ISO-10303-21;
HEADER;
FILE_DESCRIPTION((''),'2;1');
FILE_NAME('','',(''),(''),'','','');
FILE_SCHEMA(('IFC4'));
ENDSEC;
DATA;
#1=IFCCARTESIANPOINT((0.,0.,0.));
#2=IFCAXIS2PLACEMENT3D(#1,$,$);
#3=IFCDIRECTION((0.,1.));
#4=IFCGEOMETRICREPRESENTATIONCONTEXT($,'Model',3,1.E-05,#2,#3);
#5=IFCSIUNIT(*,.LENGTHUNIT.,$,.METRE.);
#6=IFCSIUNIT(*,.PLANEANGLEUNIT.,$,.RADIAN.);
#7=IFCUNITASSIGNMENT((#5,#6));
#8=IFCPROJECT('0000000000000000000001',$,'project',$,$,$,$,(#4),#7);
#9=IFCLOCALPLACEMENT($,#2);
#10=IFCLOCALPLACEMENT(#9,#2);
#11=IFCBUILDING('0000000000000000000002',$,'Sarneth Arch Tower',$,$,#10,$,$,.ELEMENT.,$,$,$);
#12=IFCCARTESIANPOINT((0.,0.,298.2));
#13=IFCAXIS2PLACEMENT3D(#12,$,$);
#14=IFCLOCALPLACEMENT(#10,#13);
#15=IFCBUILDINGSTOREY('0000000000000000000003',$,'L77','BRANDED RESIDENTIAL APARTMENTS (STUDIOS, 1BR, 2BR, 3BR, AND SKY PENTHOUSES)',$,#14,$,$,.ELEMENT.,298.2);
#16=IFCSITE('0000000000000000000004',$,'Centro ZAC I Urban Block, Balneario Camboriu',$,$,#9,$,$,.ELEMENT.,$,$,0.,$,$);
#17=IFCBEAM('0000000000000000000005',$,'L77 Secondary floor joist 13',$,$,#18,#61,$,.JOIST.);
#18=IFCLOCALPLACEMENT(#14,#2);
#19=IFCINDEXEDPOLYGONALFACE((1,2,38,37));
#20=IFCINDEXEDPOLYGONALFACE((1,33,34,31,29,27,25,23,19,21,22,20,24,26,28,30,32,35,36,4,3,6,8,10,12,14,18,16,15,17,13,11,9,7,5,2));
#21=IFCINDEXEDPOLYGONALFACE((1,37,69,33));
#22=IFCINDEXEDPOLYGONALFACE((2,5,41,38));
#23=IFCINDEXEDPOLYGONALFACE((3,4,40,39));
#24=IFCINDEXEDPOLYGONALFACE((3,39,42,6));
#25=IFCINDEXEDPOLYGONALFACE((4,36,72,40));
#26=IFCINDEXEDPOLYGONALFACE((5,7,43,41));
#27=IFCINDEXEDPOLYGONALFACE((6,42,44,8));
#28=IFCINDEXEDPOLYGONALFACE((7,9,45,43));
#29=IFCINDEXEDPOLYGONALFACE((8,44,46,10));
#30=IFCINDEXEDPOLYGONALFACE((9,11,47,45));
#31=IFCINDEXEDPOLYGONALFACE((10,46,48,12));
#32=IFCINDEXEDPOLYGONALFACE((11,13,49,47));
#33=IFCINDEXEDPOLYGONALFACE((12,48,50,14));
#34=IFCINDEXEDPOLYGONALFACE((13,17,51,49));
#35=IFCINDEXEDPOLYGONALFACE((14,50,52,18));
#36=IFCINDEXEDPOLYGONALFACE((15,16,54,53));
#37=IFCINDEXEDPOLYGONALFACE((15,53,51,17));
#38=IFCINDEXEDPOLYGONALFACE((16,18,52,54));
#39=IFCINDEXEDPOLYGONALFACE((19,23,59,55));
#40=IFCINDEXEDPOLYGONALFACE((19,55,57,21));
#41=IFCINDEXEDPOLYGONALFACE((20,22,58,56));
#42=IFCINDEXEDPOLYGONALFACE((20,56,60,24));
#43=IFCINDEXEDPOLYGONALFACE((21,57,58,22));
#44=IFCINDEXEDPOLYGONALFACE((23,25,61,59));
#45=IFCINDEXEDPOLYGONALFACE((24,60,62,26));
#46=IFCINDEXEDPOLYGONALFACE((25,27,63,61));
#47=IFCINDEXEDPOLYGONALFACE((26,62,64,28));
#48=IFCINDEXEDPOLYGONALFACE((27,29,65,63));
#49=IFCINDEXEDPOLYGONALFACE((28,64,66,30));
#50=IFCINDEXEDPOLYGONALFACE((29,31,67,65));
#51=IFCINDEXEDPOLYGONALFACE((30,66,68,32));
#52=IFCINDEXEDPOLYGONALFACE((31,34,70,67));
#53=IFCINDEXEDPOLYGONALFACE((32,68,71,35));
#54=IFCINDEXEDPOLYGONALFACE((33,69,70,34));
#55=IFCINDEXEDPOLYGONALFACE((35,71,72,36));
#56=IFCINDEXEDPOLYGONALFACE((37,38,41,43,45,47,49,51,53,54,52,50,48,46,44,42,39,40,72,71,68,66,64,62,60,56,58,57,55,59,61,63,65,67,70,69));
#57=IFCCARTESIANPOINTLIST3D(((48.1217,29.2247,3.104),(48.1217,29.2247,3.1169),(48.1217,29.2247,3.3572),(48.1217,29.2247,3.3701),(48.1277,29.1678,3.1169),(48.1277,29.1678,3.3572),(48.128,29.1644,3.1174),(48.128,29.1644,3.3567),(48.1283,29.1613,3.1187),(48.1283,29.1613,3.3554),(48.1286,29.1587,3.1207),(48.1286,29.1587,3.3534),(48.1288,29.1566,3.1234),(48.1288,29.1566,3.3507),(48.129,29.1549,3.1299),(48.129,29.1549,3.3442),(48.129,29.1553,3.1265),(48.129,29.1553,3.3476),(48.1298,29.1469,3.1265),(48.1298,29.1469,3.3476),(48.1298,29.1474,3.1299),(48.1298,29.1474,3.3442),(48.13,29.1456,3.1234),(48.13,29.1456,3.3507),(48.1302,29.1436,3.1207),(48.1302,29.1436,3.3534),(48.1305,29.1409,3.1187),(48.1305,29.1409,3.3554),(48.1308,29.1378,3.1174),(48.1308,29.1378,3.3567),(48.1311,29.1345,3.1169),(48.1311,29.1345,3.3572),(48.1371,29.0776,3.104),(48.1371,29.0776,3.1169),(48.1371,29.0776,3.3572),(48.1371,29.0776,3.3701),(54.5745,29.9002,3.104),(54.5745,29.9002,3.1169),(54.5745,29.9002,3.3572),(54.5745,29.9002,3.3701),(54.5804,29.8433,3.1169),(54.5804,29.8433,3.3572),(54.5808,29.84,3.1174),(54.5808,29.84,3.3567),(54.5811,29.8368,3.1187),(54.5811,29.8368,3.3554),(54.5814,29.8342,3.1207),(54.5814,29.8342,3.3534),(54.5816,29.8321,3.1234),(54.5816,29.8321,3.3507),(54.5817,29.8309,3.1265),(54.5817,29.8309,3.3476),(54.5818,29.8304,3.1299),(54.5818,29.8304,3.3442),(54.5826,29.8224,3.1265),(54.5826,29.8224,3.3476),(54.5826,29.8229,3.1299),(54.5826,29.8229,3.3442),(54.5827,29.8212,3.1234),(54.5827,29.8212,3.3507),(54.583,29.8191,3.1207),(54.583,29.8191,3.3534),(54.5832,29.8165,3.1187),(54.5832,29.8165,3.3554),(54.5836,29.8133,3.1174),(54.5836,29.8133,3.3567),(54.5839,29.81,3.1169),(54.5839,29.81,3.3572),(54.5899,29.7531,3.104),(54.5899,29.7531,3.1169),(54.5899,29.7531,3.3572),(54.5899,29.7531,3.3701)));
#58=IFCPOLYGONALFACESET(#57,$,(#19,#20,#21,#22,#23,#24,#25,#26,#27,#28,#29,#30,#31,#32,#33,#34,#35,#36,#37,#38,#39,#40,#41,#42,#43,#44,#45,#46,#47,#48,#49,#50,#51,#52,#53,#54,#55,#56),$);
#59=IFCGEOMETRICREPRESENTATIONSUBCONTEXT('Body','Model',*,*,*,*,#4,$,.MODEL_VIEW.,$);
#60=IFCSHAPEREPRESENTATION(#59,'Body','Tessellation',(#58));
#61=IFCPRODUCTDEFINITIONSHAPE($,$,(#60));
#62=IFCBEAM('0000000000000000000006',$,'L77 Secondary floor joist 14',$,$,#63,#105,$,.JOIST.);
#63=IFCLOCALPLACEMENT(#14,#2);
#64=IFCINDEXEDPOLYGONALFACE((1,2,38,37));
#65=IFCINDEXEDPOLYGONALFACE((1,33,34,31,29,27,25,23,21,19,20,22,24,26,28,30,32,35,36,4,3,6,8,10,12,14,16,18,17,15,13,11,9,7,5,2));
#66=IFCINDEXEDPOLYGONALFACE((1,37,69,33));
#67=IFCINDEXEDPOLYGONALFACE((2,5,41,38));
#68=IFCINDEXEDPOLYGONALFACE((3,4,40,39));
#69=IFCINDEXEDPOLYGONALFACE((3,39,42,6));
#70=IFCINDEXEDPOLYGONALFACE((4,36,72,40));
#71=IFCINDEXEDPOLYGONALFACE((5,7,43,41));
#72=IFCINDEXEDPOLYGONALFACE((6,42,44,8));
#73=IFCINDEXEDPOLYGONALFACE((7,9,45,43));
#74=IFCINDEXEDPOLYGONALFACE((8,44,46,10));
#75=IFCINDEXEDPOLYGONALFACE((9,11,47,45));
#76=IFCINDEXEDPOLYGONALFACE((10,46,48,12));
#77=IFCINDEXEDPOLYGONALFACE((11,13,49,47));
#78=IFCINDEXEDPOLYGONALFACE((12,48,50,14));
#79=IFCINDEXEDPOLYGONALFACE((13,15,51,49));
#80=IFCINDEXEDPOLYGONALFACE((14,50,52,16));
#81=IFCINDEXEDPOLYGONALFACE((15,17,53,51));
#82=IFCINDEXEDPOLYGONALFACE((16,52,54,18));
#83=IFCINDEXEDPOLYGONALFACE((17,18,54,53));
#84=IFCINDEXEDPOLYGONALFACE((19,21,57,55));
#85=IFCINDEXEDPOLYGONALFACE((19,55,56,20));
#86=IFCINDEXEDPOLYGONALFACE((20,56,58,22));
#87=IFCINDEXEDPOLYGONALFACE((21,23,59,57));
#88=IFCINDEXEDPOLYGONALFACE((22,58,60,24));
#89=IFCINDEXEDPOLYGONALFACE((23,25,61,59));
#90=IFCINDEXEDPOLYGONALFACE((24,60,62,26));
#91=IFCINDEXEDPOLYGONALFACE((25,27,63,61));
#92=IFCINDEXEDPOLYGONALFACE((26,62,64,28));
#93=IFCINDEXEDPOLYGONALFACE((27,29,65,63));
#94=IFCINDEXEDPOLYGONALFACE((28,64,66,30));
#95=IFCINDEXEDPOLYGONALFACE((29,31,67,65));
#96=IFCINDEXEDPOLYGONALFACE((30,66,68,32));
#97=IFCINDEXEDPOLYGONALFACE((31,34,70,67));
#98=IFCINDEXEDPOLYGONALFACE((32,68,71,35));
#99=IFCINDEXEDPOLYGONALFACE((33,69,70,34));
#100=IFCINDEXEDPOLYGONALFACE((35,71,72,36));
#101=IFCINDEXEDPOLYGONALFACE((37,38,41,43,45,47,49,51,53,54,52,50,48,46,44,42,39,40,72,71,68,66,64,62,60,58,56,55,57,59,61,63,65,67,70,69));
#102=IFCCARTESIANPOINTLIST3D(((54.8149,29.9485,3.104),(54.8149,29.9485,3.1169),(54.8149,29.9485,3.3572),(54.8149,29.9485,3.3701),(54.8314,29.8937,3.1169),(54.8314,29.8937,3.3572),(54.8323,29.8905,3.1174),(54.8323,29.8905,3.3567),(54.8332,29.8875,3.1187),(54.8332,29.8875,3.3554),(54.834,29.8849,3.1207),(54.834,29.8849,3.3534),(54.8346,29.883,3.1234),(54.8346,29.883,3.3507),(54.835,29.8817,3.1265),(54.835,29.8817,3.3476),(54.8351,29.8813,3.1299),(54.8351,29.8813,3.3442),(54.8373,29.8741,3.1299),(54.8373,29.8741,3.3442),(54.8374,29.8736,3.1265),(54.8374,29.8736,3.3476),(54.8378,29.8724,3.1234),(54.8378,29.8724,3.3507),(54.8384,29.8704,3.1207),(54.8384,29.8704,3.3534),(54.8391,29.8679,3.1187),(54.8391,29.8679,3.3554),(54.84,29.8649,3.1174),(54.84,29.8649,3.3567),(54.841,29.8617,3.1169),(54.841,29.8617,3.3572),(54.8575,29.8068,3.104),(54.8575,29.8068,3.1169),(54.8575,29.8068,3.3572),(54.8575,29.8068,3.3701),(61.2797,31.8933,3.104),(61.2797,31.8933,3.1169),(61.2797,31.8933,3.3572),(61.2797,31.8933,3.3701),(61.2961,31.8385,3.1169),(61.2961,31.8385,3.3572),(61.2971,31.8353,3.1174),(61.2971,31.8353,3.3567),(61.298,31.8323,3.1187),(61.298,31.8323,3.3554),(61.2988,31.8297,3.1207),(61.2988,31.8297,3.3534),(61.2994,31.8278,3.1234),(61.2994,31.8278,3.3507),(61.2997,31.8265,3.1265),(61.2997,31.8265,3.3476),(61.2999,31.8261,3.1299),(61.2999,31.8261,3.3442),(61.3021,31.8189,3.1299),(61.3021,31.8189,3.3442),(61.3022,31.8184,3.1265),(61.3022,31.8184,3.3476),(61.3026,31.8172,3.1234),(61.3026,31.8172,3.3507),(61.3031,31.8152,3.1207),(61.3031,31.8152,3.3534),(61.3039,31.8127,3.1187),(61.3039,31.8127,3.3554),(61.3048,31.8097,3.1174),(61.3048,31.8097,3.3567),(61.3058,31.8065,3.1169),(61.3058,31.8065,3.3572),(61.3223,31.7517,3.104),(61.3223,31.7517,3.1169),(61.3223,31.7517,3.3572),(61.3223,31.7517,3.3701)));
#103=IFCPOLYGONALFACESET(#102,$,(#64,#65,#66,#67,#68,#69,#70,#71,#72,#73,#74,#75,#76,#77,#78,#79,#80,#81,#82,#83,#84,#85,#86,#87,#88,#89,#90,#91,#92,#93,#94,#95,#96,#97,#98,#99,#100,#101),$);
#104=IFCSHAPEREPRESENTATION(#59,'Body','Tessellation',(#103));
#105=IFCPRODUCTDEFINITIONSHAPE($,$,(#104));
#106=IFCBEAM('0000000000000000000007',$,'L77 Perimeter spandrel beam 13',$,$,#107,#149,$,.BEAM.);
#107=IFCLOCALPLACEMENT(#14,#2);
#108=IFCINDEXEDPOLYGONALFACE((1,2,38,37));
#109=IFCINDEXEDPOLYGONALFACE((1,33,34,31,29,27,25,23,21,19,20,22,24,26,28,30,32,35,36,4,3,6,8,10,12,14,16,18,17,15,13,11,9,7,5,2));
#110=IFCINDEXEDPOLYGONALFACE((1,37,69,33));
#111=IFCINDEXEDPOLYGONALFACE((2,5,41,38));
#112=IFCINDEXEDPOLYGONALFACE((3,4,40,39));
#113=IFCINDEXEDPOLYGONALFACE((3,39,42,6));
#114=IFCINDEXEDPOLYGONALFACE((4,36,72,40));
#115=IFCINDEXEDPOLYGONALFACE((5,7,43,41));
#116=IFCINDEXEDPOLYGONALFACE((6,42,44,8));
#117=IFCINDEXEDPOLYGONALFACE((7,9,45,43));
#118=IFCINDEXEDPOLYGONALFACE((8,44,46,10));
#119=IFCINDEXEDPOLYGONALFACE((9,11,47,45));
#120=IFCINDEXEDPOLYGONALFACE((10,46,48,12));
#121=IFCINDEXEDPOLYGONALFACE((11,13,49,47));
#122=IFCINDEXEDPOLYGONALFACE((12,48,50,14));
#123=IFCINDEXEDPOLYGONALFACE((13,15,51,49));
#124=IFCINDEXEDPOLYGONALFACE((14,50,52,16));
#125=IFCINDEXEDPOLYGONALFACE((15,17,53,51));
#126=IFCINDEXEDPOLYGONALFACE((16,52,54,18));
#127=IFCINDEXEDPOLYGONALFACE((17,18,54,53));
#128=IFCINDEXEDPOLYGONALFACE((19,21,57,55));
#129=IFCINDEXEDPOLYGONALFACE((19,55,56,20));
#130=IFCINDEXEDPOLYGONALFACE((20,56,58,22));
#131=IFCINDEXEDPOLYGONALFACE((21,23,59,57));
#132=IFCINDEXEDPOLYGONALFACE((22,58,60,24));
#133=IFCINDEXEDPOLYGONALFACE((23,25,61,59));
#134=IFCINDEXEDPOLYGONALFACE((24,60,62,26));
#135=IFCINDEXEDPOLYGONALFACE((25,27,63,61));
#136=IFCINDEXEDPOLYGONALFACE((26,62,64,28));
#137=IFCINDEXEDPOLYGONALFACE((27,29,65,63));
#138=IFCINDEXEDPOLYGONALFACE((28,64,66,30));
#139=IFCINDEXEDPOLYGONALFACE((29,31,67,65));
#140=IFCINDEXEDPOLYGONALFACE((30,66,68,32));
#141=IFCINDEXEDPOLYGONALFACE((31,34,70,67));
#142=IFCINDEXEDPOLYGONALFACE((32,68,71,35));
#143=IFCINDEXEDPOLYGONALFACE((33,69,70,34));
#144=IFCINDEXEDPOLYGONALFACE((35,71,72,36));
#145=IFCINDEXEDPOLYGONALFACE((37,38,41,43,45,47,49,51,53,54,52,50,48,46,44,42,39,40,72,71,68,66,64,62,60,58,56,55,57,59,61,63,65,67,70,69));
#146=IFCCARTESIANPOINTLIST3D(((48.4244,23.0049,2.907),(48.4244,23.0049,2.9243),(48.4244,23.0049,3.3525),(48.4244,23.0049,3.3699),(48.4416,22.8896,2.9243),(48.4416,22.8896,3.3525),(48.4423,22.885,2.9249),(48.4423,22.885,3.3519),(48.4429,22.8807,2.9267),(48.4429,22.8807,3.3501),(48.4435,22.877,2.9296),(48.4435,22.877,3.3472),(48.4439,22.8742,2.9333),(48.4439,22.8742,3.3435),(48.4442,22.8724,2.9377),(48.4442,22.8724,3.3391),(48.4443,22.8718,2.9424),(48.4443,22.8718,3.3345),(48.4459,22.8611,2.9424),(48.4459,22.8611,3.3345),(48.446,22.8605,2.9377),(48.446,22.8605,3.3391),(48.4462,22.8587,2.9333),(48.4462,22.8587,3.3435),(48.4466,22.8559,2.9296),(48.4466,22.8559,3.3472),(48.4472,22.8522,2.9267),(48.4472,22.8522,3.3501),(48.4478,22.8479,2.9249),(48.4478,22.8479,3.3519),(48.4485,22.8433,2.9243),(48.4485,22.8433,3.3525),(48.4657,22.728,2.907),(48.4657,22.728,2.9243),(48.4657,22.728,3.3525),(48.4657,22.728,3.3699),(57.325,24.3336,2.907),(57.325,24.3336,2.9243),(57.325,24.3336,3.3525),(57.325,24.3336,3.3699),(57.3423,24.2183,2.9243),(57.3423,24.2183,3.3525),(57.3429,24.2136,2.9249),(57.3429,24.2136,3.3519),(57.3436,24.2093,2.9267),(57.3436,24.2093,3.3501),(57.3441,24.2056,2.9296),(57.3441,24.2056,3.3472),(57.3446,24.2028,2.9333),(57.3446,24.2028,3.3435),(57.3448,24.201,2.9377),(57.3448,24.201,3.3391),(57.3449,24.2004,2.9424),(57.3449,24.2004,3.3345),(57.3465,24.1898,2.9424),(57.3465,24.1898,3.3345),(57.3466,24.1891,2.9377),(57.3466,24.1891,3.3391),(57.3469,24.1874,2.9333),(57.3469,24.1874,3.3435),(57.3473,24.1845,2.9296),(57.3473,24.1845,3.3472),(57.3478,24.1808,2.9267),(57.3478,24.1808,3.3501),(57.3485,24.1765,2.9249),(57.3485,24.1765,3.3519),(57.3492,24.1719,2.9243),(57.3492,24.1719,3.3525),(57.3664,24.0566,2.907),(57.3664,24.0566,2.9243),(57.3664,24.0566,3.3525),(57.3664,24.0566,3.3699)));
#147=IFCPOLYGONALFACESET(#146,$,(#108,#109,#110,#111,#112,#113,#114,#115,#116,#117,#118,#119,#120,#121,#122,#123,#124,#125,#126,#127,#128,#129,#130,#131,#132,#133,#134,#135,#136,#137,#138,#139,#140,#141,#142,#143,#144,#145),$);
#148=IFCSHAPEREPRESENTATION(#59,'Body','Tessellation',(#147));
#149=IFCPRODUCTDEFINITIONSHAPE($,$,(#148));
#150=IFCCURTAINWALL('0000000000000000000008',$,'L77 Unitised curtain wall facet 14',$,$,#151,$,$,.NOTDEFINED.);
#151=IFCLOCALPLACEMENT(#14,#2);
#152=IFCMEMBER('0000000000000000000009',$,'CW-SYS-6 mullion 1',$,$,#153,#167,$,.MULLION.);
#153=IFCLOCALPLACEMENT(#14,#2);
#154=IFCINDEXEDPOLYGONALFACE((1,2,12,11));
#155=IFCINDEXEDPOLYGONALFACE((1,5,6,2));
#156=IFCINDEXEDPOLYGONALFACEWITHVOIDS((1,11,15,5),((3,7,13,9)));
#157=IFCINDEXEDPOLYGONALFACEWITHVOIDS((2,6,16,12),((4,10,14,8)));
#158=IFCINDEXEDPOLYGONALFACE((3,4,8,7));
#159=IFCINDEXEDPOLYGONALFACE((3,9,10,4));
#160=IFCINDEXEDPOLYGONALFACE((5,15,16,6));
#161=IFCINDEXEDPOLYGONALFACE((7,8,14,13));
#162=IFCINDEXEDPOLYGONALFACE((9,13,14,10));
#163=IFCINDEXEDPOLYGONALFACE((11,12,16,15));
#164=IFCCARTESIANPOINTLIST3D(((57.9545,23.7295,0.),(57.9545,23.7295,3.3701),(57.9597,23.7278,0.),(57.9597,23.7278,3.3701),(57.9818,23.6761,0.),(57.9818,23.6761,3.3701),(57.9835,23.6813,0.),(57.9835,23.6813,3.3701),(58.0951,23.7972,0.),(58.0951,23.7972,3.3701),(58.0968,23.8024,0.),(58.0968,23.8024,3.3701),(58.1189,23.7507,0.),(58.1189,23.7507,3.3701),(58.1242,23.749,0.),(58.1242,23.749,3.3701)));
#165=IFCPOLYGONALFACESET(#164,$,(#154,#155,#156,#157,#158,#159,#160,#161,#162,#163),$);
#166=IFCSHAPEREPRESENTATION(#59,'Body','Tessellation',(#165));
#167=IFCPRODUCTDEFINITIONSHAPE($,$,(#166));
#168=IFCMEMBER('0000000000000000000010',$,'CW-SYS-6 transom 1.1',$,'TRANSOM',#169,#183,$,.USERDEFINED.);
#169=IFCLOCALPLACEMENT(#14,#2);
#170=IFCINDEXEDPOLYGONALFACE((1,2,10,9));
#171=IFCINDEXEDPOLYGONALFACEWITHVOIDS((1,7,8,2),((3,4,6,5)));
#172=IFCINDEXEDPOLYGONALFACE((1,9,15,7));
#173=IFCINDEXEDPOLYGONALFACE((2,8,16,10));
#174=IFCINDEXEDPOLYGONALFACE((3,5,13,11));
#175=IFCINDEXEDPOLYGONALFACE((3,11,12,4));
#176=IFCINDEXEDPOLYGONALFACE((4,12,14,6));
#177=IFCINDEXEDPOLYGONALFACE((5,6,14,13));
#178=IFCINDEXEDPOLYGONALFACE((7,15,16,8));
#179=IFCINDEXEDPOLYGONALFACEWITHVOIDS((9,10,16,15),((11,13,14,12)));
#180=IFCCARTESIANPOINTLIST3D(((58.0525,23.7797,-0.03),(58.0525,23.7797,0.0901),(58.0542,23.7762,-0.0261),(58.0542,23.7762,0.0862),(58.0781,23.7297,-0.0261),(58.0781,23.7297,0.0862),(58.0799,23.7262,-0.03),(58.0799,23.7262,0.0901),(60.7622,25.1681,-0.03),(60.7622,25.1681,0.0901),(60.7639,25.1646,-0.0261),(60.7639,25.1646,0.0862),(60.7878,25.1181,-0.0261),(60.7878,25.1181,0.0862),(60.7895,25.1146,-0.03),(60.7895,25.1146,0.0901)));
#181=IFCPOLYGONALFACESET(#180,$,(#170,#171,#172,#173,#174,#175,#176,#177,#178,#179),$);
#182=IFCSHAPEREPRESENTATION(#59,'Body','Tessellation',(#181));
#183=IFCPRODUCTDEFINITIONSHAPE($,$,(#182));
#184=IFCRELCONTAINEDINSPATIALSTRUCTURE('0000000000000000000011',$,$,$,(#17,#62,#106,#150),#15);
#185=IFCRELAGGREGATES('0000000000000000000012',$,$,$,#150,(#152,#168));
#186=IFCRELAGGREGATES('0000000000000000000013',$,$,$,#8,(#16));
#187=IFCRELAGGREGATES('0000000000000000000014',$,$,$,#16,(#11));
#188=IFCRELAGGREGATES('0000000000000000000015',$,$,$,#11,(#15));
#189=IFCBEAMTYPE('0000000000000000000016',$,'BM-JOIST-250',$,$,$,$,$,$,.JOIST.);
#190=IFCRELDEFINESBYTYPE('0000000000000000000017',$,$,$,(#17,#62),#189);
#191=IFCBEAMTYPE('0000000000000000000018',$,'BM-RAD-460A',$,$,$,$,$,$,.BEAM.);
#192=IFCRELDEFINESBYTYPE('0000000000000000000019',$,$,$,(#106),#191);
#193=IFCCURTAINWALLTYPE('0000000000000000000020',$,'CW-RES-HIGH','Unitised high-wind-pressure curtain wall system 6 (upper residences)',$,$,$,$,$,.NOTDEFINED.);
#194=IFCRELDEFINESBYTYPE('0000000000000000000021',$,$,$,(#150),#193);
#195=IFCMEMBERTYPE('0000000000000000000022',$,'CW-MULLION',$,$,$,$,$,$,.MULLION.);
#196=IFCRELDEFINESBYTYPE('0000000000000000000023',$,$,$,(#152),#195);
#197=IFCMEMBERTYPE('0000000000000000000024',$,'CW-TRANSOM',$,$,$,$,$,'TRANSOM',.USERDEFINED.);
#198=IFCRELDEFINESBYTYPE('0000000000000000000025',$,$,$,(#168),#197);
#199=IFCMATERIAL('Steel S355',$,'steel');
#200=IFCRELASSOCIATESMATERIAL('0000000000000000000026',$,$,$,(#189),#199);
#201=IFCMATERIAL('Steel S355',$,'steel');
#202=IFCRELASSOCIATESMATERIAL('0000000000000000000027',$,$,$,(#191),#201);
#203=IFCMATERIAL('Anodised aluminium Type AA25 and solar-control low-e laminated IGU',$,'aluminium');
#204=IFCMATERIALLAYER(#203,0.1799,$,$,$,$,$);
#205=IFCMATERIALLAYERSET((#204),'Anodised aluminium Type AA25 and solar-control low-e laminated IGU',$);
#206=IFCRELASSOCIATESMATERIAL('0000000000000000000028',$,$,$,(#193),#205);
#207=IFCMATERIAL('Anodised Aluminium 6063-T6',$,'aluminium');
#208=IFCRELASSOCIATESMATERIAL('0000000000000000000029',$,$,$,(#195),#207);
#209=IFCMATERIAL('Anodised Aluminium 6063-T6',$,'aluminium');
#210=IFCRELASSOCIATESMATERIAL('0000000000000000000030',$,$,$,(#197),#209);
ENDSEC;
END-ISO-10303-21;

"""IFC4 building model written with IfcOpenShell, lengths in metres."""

from ifc_helpers import new_model, si_unit, direction, frame, origin, origin_2d, place, context, subcontext, project, spatial, hollow_rectangle, i_section, extrude, material, layer, layer_set, material_profile, profile_set, type_object, element, aggregate, save


model = new_model("IFC4")

# Units and contexts
model_context = context("Model", 3, precision=1e-05, world=origin(), true_north=direction((0.0, 1.0)))
body_context = subcontext(model_context, "Body", "Model", "MODEL_VIEW")
ifc_project = project(units=[si_unit("LENGTHUNIT", "METRE"), si_unit("PLANEANGLEUNIT", "RADIAN")], contexts=[model_context])

# Site, building, storey
site_placement = place(None, origin())
site = spatial("IfcSite", under=ifc_project, at=site_placement, Name="Centro ZAC I Urban Block, Balneario Camboriu", CompositionType="ELEMENT", RefElevation=0.0)
building_placement = place(site_placement, origin())
building = spatial("IfcBuilding", under=site, at=building_placement, Name="Sarneth Arch Tower", CompositionType="ELEMENT")
storey_placement = place(building_placement, frame((0.0, 0.0, 298.2)))
storey = spatial("IfcBuildingStorey", under=building, at=storey_placement, Name="L77", Description="BRANDED RESIDENTIAL APARTMENTS (STUDIOS, 1BR, 2BR, 3BR, AND SKY PENTHOUSES)", CompositionType="ELEMENT", Elevation=298.2)

# Beams
ifc_material_1 = material(Name="Steel S355", Category="steel")
ifc_material_profile_1 = material_profile(ifc_material_1, i_section(OverallWidth=0.1479, OverallDepth=0.2661, WebThickness=0.0076, FlangeThickness=0.0129, FilletRadius=0.0129, at=origin_2d()), Name="W250x44.8")
ifc_profile_set_1 = profile_set([ifc_material_profile_1], Name="Steel S355")
beam_type_1 = type_object("IfcBeamType", Name="BM-JOIST-250", PredefinedType="JOIST", material=ifc_profile_set_1)
beam_1_placement = place(storey_placement, frame((48.1294, 29.1511, 3.2371), z_axis=(0.994565, 0.104119, 0.0), x_axis=(-0.104119, 0.994565, 0.0)))
element("IfcBeam", 1, at=beam_1_placement, inside=storey, type_object=beam_type_1, Name="L77 Secondary floor joist 13", PredefinedType="JOIST", context=body_context, shape_type="SweptSolid", body=[
    extrude(i_section(OverallWidth=0.1479, OverallDepth=0.2661, WebThickness=0.0076, FlangeThickness=0.0129, FilletRadius=0.0129, at=origin_2d()), origin(), (0.0, 0.0, 1.0), 6.488),
])
beam_2_placement = place(storey_placement, frame((54.8362, 29.8777, 3.2371), z_axis=(0.957607, 0.288078, 0.0), x_axis=(-0.288078, 0.957607, 0.0)))
element("IfcBeam", 2, at=beam_2_placement, inside=storey, type_object=beam_type_1, Name="L77 Secondary floor joist 14", PredefinedType="JOIST", context=body_context, shape_type="SweptSolid", body=[
    extrude(i_section(OverallWidth=0.1479, OverallDepth=0.2661, WebThickness=0.0076, FlangeThickness=0.0129, FilletRadius=0.0129, at=origin_2d()), origin(), (0.0, 0.0, 1.0), 6.751),
])
ifc_material_2 = material(Name="Steel S355", Category="steel")
ifc_material_profile_2 = material_profile(ifc_material_2, i_section(OverallWidth=0.28, OverallDepth=0.4629, WebThickness=0.0107, FlangeThickness=0.0173, FilletRadius=0.0181, at=origin_2d()), Name="W460x113")
ifc_profile_set_2 = profile_set([ifc_material_profile_2], Name="Steel S355")
beam_type_2 = type_object("IfcBeamType", Name="BM-RAD-460A", PredefinedType="BEAM", material=ifc_profile_set_2)
beam_3_placement = place(storey_placement, frame((48.4451, 22.8665, 3.1384), z_axis=(0.989042, 0.147636, 0.0), x_axis=(-0.147636, 0.989042, 0.0)))
element("IfcBeam", 3, at=beam_3_placement, inside=storey, type_object=beam_type_2, Name="L77 Perimeter spandrel beam 13", PredefinedType="BEAM", context=body_context, shape_type="SweptSolid", body=[
    extrude(i_section(OverallWidth=0.28, OverallDepth=0.4629, WebThickness=0.0107, FlangeThickness=0.0173, FilletRadius=0.0181, at=origin_2d()), origin(), (0.0, 0.0, 1.0), 8.9993),
])

# Curtain wall, members
ifc_material_3 = material(Name="Anodised aluminium Type AA25 and solar-control low-e laminated IGU", Category="aluminium")
ifc_layer_1 = layer(ifc_material_3, 0.1799)
ifc_layer_set_1 = layer_set([ifc_layer_1], Name="Anodised aluminium Type AA25 and solar-control low-e laminated IGU")
curtain_wall_type = type_object("IfcCurtainWallType", Name="CW-RES-HIGH", Description="Unitised high-wind-pressure curtain wall system 6 (upper residences)", PredefinedType="NOTDEFINED", material=ifc_layer_set_1)
curtain_wall_placement = place(storey_placement, origin())
curtain_wall = element("IfcCurtainWall", 4, at=curtain_wall_placement, inside=storey, type_object=curtain_wall_type, Name="L77 Unitised curtain wall facet 14", PredefinedType="NOTDEFINED")
ifc_material_4 = material(Name="Anodised Aluminium 6063-T6", Category="aluminium")
ifc_material_profile_3 = material_profile(ifc_material_4, hollow_rectangle(XDim=0.0601, YDim=0.1599, WallThickness=0.0039, at=origin_2d()), Name="AL-MULL-160x60x4")
ifc_profile_set_3 = profile_set([ifc_material_profile_3], Name="Anodised Aluminium 6063-T6")
member_type_1 = type_object("IfcMemberType", Name="CW-MULLION", PredefinedType="MULLION", material=ifc_profile_set_3)
member_1_placement = place(storey_placement, frame((58.0393, 23.7393, 0.0), z_axis=(0.0, 0.0, 1.0), x_axis=(-0.455942, 0.89001, 0.0)))
member_1 = element("IfcMember", 5, at=member_1_placement, type_object=member_type_1, Name="CW-SYS-6 mullion 1", PredefinedType="MULLION", context=body_context, shape_type="SweptSolid", body=[
    extrude(hollow_rectangle(XDim=0.0601, YDim=0.1599, WallThickness=0.0039, at=origin_2d()), origin(), (0.0, 0.0, 1.0), 3.3701),
])
ifc_material_5 = material(Name="Anodised Aluminium 6063-T6", Category="aluminium")
ifc_material_profile_4 = material_profile(ifc_material_5, hollow_rectangle(XDim=0.0601, YDim=0.1201, WallThickness=0.0039, at=origin_2d()), Name="AL-TRAN-120x60x4")
ifc_profile_set_4 = profile_set([ifc_material_profile_4], Name="Anodised Aluminium 6063-T6")
member_type_2 = type_object("IfcMemberType", Name="CW-TRANSOM", ElementType="TRANSOM", PredefinedType="USERDEFINED", material=ifc_profile_set_4)
member_2_placement = place(storey_placement, frame((58.0662, 23.7529, 0.03), z_axis=(0.889974, 0.456012, 0.0), x_axis=(-0.456012, 0.889974, 0.0)))
member_2 = element("IfcMember", 6, at=member_2_placement, type_object=member_type_2, Name="CW-SYS-6 transom 1.1", ObjectType="TRANSOM", PredefinedType="USERDEFINED", context=body_context, shape_type="SweptSolid", body=[
    extrude(hollow_rectangle(XDim=0.0601, YDim=0.1201, WallThickness=0.0039, at=origin_2d()), origin(), (0.0, 0.0, 1.0), 3.0447),
])
aggregate(curtain_wall, [member_1, member_2])

save(model, "model.ifc")
